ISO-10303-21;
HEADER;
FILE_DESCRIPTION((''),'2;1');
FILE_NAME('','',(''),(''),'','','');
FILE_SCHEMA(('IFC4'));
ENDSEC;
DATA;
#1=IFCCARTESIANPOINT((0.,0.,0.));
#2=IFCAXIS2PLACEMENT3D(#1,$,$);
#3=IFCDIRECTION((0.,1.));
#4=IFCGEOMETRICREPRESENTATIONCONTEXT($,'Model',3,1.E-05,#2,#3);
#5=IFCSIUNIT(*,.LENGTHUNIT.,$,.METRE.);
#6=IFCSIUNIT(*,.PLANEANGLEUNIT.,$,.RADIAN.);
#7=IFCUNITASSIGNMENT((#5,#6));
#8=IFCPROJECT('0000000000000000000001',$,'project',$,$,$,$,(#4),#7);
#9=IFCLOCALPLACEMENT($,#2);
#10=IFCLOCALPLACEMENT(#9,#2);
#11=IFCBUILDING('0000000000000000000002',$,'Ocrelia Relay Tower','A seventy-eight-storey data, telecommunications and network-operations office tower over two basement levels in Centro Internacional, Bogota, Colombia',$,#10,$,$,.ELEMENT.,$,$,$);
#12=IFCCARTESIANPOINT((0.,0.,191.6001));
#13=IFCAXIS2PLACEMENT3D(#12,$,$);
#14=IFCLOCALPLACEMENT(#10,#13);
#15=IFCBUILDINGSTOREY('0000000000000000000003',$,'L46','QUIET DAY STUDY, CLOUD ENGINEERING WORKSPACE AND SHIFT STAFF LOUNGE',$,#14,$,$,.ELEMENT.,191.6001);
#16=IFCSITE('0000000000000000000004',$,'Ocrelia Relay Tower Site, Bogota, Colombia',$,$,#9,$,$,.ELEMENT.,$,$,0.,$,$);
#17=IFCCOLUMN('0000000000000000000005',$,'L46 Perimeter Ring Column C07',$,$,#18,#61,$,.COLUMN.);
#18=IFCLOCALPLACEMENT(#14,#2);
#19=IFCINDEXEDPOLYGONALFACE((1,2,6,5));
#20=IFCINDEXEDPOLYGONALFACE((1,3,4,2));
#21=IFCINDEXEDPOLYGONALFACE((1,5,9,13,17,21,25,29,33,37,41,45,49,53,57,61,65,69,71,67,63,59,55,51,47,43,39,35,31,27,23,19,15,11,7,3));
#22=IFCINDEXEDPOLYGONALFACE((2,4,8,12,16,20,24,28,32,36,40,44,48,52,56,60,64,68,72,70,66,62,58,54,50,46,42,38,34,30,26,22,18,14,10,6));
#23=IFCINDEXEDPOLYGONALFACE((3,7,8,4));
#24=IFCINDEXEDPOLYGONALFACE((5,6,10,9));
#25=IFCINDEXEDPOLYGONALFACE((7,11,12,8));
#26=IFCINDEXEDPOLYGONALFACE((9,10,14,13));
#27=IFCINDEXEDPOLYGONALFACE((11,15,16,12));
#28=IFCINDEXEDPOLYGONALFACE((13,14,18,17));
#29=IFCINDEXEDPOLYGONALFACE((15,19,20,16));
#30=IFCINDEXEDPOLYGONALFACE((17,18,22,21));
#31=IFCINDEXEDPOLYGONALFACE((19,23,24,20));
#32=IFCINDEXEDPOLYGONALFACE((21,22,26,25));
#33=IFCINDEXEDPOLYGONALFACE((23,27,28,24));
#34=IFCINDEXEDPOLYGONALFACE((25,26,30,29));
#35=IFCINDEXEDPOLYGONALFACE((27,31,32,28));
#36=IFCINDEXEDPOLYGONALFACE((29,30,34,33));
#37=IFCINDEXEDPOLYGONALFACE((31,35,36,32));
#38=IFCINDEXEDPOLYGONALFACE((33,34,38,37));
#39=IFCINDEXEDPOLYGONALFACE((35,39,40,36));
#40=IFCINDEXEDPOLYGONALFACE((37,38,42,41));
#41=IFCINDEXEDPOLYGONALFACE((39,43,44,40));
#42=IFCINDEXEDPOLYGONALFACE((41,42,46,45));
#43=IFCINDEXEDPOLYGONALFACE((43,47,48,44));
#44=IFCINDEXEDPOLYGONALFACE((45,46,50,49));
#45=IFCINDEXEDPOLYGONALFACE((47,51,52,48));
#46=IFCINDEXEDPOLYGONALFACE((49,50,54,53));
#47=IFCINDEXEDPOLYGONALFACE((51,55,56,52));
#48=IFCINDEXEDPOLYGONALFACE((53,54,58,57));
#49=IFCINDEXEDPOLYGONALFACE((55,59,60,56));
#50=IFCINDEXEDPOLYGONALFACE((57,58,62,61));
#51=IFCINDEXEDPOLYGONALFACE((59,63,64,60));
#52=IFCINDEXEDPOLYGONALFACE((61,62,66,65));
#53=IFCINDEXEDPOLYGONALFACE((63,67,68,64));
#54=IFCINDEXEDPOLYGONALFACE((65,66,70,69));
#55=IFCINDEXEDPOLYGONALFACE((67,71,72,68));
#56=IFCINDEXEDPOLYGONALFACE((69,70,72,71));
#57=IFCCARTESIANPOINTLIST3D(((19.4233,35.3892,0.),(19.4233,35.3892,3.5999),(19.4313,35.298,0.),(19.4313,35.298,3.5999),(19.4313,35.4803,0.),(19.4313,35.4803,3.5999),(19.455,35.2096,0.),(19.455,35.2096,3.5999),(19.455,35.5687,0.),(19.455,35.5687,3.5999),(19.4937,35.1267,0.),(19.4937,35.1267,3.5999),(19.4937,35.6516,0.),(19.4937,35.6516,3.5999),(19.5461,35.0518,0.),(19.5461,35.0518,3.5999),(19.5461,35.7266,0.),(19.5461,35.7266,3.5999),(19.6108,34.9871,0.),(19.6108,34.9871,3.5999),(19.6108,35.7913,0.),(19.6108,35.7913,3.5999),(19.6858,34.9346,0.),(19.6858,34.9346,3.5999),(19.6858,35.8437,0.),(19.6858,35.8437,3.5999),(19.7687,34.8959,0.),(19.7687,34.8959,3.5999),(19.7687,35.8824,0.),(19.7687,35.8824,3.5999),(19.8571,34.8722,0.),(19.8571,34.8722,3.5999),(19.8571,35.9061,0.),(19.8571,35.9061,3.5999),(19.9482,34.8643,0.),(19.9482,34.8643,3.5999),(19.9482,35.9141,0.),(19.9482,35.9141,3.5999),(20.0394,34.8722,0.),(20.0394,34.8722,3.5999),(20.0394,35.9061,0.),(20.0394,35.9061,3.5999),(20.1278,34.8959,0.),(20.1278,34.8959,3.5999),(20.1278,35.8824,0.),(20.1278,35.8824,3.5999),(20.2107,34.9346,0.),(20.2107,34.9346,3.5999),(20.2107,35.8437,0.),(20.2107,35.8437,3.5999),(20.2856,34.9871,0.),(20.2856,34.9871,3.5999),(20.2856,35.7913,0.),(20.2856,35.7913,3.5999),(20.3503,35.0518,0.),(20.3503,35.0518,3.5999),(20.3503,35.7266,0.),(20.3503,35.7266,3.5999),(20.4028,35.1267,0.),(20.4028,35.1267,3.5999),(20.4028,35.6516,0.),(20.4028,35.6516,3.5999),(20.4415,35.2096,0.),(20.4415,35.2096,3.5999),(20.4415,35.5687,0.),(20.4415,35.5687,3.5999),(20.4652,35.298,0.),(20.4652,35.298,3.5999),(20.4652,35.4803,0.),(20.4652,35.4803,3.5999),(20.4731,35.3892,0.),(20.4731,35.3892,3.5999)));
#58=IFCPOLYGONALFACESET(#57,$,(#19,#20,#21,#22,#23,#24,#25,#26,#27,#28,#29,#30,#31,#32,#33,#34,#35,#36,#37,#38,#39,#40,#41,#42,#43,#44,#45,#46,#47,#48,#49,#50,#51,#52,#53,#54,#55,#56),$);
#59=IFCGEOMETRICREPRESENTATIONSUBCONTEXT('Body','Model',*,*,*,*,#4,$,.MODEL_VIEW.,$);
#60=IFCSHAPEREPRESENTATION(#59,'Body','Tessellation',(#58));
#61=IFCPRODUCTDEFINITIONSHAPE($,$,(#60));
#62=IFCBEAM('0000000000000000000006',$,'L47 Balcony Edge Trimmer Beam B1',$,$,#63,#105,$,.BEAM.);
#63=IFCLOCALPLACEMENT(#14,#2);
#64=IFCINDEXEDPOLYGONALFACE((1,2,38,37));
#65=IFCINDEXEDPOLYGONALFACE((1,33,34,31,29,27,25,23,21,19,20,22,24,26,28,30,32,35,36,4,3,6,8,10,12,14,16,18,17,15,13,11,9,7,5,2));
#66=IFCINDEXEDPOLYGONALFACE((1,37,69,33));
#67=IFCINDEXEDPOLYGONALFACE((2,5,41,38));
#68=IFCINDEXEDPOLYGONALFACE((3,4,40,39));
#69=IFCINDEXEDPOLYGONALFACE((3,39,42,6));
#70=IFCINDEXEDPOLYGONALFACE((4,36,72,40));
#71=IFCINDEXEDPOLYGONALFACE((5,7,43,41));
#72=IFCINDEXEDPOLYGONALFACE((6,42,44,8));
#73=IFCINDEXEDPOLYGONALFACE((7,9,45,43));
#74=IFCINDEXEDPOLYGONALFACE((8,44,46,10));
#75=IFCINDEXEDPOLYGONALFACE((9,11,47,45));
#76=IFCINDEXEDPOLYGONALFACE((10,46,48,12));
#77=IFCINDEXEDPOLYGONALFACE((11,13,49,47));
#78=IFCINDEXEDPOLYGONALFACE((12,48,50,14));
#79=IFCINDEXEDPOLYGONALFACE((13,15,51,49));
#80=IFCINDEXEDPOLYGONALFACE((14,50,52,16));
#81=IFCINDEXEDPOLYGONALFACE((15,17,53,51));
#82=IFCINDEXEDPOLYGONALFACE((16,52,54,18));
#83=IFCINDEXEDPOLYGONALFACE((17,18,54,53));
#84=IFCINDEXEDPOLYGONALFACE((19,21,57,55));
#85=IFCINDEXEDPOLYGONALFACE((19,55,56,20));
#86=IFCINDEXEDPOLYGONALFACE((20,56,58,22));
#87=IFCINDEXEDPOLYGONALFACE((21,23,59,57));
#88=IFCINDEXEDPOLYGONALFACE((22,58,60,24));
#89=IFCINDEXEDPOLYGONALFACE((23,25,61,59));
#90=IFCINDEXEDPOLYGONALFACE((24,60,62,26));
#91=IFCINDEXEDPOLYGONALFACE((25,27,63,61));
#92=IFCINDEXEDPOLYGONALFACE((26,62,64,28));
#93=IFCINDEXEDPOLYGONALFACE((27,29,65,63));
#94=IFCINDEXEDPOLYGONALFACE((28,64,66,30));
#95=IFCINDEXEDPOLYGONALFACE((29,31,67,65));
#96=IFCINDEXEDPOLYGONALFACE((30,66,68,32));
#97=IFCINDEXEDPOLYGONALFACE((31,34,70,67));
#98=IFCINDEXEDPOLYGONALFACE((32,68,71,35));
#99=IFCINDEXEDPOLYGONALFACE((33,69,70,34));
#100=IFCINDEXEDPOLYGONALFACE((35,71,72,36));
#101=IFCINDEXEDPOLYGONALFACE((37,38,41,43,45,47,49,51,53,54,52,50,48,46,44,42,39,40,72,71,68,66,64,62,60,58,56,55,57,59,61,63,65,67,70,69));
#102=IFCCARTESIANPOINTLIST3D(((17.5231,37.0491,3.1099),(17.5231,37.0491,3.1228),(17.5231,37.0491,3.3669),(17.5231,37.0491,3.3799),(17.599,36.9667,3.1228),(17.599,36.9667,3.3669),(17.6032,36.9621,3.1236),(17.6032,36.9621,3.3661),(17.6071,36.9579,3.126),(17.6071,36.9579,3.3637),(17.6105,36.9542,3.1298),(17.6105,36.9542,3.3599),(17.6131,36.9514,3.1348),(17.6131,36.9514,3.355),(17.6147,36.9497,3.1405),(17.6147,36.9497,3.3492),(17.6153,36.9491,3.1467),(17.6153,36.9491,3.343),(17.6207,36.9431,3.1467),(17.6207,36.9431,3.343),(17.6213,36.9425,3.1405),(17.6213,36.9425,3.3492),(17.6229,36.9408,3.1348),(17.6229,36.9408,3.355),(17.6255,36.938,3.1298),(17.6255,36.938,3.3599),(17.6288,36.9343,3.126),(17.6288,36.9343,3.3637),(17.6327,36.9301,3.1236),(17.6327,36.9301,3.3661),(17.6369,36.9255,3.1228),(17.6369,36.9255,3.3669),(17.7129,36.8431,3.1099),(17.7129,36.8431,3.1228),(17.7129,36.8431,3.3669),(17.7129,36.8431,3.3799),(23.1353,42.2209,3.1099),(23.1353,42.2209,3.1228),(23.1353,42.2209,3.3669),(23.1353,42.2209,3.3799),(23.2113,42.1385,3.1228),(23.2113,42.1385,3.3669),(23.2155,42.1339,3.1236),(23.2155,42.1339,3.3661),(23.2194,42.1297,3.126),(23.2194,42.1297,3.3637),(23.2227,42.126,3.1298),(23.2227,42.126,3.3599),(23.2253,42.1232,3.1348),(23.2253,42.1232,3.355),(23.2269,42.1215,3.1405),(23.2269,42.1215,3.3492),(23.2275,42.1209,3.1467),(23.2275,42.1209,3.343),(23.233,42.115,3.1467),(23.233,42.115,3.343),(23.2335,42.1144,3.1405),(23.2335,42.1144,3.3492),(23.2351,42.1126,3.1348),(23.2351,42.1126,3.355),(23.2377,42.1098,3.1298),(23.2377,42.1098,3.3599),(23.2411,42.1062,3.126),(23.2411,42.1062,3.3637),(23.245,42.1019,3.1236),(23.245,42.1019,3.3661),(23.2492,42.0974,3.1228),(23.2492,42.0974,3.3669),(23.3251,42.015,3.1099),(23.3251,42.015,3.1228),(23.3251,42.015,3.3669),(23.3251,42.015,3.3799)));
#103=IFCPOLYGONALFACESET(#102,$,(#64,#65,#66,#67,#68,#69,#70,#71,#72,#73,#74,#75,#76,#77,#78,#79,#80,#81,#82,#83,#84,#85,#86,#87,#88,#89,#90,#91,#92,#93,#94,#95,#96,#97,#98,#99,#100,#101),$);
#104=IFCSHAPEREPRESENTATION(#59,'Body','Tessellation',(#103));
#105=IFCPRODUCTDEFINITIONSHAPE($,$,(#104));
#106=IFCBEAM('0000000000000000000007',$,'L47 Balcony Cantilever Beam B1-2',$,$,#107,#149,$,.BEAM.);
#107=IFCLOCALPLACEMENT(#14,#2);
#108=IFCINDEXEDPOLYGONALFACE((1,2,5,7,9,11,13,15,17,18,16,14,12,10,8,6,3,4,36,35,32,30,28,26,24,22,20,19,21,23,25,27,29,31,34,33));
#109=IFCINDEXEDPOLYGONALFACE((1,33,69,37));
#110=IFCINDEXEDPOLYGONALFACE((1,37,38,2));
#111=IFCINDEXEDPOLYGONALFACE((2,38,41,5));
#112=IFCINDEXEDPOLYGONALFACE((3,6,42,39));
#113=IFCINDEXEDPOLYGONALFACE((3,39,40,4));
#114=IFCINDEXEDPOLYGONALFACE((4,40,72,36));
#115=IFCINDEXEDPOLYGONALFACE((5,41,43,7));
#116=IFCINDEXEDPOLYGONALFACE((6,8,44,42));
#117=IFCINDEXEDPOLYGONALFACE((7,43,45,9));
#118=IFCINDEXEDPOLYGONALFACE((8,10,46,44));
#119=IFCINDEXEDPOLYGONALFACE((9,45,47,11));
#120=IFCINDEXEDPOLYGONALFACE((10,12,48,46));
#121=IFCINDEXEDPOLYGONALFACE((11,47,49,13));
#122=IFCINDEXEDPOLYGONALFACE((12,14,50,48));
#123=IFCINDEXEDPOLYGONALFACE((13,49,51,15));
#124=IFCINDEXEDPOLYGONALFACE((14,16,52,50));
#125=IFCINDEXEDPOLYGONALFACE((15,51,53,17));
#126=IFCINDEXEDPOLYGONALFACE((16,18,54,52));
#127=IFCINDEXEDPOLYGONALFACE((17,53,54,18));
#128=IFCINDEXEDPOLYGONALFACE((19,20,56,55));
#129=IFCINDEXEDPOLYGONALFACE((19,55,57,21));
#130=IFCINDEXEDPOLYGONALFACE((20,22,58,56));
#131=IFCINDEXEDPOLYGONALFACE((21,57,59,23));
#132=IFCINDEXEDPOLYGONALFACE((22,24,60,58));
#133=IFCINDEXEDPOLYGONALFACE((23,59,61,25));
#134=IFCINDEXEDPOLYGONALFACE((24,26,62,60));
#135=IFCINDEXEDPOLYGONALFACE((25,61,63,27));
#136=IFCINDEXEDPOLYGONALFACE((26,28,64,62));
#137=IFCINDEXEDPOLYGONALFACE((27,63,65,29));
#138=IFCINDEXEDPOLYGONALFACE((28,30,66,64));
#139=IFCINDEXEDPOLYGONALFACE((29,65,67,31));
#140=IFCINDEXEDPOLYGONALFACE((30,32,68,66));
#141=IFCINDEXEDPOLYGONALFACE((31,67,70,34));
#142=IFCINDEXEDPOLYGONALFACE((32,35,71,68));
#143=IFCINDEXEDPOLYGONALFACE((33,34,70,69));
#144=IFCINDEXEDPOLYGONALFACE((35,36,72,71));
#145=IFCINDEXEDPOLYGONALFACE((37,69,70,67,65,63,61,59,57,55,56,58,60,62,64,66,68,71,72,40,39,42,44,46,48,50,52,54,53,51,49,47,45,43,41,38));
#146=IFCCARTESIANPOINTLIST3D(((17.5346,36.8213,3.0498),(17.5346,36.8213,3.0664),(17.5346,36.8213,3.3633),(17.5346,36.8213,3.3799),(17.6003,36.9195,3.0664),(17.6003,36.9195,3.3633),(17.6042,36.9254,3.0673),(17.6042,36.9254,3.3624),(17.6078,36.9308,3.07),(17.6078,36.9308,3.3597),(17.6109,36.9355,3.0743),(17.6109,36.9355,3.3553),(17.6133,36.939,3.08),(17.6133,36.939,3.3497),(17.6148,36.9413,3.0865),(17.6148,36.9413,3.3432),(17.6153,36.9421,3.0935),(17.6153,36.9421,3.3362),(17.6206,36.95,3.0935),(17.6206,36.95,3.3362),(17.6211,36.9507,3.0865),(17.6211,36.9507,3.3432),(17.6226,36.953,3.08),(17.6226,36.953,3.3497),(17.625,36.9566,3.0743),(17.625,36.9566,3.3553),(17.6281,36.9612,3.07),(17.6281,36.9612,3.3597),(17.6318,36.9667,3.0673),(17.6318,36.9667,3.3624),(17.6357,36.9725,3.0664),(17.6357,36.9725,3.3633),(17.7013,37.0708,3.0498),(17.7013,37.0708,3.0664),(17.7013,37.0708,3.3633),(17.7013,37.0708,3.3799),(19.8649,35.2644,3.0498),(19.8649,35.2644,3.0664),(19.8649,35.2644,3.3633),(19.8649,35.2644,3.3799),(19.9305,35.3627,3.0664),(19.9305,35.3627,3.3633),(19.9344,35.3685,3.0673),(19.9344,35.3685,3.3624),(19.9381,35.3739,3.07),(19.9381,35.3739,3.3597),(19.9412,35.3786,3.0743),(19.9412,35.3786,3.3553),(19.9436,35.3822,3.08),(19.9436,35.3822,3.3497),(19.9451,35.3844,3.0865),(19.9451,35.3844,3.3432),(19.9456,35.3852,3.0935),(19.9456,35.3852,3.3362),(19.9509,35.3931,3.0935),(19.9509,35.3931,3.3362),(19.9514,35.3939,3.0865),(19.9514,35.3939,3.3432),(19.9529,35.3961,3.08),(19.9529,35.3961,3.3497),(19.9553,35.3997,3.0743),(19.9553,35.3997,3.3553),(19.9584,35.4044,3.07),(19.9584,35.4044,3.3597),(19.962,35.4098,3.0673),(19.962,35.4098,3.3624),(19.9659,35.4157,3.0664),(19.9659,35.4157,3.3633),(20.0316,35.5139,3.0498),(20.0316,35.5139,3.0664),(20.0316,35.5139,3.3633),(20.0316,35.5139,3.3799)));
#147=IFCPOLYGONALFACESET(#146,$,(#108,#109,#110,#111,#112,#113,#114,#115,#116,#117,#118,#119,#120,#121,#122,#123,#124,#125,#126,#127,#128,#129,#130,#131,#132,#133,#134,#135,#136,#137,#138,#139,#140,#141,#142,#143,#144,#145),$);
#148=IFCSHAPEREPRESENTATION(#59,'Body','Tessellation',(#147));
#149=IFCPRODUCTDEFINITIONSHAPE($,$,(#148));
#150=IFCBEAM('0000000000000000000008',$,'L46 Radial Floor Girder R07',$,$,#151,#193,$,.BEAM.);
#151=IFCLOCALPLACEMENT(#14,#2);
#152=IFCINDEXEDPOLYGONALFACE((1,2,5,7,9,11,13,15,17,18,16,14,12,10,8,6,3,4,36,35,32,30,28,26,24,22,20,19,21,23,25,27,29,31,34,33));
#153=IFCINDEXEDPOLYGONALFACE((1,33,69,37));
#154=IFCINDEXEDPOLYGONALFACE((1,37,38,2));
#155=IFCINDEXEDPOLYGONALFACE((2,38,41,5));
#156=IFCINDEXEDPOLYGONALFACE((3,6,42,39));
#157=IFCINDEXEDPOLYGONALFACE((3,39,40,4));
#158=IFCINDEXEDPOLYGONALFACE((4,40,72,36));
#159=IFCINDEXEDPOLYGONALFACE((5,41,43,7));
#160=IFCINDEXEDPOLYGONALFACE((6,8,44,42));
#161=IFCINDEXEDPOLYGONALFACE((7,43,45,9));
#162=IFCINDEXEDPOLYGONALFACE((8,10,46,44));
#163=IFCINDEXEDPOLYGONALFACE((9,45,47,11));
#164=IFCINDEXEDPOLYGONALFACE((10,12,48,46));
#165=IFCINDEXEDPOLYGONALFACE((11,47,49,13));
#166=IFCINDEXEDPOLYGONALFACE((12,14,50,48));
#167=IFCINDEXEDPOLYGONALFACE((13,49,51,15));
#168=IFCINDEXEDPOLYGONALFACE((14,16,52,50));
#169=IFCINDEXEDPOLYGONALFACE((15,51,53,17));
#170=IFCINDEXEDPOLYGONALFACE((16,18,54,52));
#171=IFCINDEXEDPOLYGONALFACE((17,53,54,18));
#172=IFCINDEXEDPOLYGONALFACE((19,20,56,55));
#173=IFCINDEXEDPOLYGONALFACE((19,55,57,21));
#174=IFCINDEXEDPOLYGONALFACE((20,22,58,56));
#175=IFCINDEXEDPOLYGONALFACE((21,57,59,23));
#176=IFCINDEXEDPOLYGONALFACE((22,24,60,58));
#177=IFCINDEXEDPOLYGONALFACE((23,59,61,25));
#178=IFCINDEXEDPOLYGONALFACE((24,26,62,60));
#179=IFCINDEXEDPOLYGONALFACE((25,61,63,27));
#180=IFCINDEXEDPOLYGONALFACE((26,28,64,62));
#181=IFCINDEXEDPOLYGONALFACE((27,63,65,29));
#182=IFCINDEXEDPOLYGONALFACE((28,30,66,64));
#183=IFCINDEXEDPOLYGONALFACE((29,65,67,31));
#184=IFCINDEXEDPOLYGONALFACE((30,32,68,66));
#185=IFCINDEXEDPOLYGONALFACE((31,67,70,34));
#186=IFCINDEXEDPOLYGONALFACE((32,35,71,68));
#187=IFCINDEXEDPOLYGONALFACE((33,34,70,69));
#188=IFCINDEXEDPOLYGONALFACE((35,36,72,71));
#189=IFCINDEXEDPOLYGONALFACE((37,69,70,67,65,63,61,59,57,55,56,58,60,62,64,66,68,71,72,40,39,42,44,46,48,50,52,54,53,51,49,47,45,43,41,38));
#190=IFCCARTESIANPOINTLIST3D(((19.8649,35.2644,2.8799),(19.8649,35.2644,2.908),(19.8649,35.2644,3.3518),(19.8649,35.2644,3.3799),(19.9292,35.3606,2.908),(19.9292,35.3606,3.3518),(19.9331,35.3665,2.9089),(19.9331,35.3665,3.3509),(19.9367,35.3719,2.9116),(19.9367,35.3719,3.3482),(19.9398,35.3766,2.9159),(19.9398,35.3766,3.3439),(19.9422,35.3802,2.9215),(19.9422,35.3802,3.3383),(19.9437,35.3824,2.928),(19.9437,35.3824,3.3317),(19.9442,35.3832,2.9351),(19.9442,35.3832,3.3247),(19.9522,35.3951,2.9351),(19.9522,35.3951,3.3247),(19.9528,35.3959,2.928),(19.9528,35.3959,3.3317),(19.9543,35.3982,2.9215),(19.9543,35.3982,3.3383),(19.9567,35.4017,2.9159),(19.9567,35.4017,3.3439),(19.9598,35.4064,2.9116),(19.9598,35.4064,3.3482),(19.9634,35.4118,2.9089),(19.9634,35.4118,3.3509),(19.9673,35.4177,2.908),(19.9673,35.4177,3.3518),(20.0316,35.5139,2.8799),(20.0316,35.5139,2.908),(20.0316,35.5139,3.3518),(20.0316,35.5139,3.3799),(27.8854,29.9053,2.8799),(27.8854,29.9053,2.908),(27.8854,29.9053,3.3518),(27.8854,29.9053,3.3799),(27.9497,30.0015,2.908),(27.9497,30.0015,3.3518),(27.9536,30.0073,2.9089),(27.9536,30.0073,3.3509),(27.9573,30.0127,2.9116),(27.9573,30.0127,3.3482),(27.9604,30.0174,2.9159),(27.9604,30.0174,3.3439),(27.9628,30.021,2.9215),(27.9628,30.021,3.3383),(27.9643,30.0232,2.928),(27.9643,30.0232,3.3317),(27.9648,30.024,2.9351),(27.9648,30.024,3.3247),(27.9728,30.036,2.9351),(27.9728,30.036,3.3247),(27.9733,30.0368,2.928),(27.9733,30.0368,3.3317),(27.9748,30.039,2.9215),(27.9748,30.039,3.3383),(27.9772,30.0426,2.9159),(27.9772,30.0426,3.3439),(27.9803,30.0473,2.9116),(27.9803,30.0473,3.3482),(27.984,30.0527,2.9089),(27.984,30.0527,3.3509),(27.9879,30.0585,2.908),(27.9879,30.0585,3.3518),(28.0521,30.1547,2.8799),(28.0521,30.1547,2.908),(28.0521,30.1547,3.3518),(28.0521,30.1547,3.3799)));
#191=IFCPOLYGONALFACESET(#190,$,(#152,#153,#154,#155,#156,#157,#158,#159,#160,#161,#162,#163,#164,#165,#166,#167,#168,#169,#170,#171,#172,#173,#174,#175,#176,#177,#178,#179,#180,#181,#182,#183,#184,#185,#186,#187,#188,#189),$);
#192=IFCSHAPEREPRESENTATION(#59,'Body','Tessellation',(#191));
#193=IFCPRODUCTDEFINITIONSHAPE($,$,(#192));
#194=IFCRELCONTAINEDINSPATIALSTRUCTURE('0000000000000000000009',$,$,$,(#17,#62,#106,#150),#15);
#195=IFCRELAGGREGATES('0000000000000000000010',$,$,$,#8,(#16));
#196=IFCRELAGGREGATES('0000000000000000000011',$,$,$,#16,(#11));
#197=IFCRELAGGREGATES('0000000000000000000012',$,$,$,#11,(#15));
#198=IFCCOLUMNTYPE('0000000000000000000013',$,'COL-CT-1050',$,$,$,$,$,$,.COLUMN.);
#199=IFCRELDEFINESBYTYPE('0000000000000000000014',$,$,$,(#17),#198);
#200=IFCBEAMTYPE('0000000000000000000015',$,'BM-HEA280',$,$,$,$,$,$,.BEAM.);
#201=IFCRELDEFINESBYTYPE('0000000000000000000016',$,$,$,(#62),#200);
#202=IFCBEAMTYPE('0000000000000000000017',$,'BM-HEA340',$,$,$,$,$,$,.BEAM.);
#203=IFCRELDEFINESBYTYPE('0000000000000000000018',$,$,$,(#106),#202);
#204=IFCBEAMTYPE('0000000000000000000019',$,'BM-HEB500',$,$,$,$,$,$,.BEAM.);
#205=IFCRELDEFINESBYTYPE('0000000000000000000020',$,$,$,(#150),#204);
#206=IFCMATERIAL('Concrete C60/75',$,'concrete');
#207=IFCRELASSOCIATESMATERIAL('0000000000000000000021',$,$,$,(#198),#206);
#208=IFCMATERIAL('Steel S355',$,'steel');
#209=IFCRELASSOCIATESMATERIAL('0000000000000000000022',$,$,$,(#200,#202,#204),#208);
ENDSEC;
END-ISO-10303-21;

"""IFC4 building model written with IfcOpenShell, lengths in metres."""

from ifc_helpers import new_model, si_unit, direction, frame, origin, origin_2d, place, context, subcontext, project, spatial, circle, i_section, extrude, material, material_profile, profile_set, type_object, element, save


model = new_model("IFC4")

# Units and contexts
model_context = context("Model", 3, precision=1e-05, world=origin(), true_north=direction((0.0, 1.0)))
body_context = subcontext(model_context, "Body", "Model", "MODEL_VIEW")
ifc_project = project(units=[si_unit("LENGTHUNIT", "METRE"), si_unit("PLANEANGLEUNIT", "RADIAN")], contexts=[model_context])

# Site, building, storey
site_placement = place(None, origin())
site = spatial("IfcSite", under=ifc_project, at=site_placement, Name="Ocrelia Relay Tower Site, Bogota, Colombia", CompositionType="ELEMENT", RefElevation=0.0)
building_placement = place(site_placement, origin())
building = spatial("IfcBuilding", under=site, at=building_placement, Name="Ocrelia Relay Tower", Description="A seventy-eight-storey data, telecommunications and network-operations office tower over two basement levels in Centro Internacional, Bogota, Colombia", CompositionType="ELEMENT")
storey_placement = place(building_placement, frame((0.0, 0.0, 191.6001)))
storey = spatial("IfcBuildingStorey", under=building, at=storey_placement, Name="L46", Description="QUIET DAY STUDY, CLOUD ENGINEERING WORKSPACE AND SHIFT STAFF LOUNGE", CompositionType="ELEMENT", Elevation=191.6001)

# Column
ifc_material_1 = material(Name="Concrete C60/75", Category="concrete")
ifc_material_profile_1 = material_profile(ifc_material_1, circle(Radius=0.5249, at=origin_2d()), Name="RC-CIR-1050")
ifc_profile_set_1 = profile_set([ifc_material_profile_1], Name="Concrete C60/75")
column_type = type_object("IfcColumnType", Name="COL-CT-1050", PredefinedType="COLUMN", material=ifc_profile_set_1)
column_placement = place(storey_placement, frame((19.9482, 35.3892, 0.0), z_axis=(0.0, 0.0, 1.0), x_axis=(1.0, 0.0, 0.0)))
element("IfcColumn", 1, at=column_placement, inside=storey, type_object=column_type, Name="L46 Perimeter Ring Column C07", PredefinedType="COLUMN", context=body_context, shape_type="SweptSolid", body=[
    extrude(circle(Radius=0.5249, at=origin_2d()), origin(), (0.0, 0.0, 1.0), 3.5999),
])

# Beams
ifc_material_2 = material(Name="Steel S355", Category="steel")
ifc_material_profile_2 = material_profile(ifc_material_2, i_section(OverallWidth=0.28, OverallDepth=0.27, WebThickness=0.0081, FlangeThickness=0.0129, FilletRadius=0.0239, at=origin_2d()), Name="HEA 280")
ifc_profile_set_2 = profile_set([ifc_material_profile_2], Name="Steel S355")
beam_type_1 = type_object("IfcBeamType", Name="BM-HEA280", PredefinedType="BEAM", material=ifc_profile_set_2)
beam_1_placement = place(storey_placement, frame((23.2302, 42.1179, 3.2449), z_axis=(-0.735372, -0.677663, 0.0), x_axis=(0.677663, -0.735372, 0.0)))
element("IfcBeam", 2, at=beam_1_placement, inside=storey, type_object=beam_type_1, Name="L47 Balcony Edge Trimmer Beam B1", PredefinedType="BEAM", context=body_context, shape_type="SweptSolid", body=[
    extrude(i_section(OverallWidth=0.28, OverallDepth=0.27, WebThickness=0.0081, FlangeThickness=0.0129, FilletRadius=0.0239, at=origin_2d()), origin(), (0.0, 0.0, 1.0), 7.6318),
])
ifc_material_profile_3 = material_profile(ifc_material_2, i_section(OverallWidth=0.3, OverallDepth=0.3301, WebThickness=0.0095, FlangeThickness=0.0166, FilletRadius=0.0271, at=origin_2d()), Name="HEA 340")
ifc_profile_set_3 = profile_set([ifc_material_profile_3], Name="Steel S355")
beam_type_2 = type_object("IfcBeamType", Name="BM-HEA340", PredefinedType="BEAM", material=ifc_profile_set_3)
beam_2_placement = place(storey_placement, frame((19.9482, 35.3892, 3.2148), z_axis=(-0.8315, 0.555524, 0.0), x_axis=(-0.555524, -0.8315, 0.0)))
element("IfcBeam", 3, at=beam_2_placement, inside=storey, type_object=beam_type_2, Name="L47 Balcony Cantilever Beam B1-2", PredefinedType="BEAM", context=body_context, shape_type="SweptSolid", body=[
    extrude(i_section(OverallWidth=0.3, OverallDepth=0.3301, WebThickness=0.0095, FlangeThickness=0.0166, FilletRadius=0.0271, at=origin_2d()), origin(), (0.0, 0.0, 1.0), 2.8025),
])
ifc_material_profile_4 = material_profile(ifc_material_2, i_section(OverallWidth=0.3, OverallDepth=0.5, WebThickness=0.0144, FlangeThickness=0.0281, FilletRadius=0.0271, at=origin_2d()), Name="HEB 500")
ifc_profile_set_4 = profile_set([ifc_material_profile_4], Name="Steel S355")
beam_type_3 = type_object("IfcBeamType", Name="BM-HEB500", PredefinedType="BEAM", material=ifc_profile_set_4)
beam_3_placement = place(storey_placement, frame((19.9482, 35.3892, 3.1299), z_axis=(0.83147, -0.55557, 0.0), x_axis=(0.55557, 0.83147, 0.0)))
element("IfcBeam", 4, at=beam_3_placement, inside=storey, type_object=beam_type_3, Name="L46 Radial Floor Girder R07", PredefinedType="BEAM", context=body_context, shape_type="SweptSolid", body=[
    extrude(i_section(OverallWidth=0.3, OverallDepth=0.5, WebThickness=0.0144, FlangeThickness=0.0281, FilletRadius=0.0271, at=origin_2d()), origin(), (0.0, 0.0, 1.0), 9.6462),
])

save(model, "model.ifc")
